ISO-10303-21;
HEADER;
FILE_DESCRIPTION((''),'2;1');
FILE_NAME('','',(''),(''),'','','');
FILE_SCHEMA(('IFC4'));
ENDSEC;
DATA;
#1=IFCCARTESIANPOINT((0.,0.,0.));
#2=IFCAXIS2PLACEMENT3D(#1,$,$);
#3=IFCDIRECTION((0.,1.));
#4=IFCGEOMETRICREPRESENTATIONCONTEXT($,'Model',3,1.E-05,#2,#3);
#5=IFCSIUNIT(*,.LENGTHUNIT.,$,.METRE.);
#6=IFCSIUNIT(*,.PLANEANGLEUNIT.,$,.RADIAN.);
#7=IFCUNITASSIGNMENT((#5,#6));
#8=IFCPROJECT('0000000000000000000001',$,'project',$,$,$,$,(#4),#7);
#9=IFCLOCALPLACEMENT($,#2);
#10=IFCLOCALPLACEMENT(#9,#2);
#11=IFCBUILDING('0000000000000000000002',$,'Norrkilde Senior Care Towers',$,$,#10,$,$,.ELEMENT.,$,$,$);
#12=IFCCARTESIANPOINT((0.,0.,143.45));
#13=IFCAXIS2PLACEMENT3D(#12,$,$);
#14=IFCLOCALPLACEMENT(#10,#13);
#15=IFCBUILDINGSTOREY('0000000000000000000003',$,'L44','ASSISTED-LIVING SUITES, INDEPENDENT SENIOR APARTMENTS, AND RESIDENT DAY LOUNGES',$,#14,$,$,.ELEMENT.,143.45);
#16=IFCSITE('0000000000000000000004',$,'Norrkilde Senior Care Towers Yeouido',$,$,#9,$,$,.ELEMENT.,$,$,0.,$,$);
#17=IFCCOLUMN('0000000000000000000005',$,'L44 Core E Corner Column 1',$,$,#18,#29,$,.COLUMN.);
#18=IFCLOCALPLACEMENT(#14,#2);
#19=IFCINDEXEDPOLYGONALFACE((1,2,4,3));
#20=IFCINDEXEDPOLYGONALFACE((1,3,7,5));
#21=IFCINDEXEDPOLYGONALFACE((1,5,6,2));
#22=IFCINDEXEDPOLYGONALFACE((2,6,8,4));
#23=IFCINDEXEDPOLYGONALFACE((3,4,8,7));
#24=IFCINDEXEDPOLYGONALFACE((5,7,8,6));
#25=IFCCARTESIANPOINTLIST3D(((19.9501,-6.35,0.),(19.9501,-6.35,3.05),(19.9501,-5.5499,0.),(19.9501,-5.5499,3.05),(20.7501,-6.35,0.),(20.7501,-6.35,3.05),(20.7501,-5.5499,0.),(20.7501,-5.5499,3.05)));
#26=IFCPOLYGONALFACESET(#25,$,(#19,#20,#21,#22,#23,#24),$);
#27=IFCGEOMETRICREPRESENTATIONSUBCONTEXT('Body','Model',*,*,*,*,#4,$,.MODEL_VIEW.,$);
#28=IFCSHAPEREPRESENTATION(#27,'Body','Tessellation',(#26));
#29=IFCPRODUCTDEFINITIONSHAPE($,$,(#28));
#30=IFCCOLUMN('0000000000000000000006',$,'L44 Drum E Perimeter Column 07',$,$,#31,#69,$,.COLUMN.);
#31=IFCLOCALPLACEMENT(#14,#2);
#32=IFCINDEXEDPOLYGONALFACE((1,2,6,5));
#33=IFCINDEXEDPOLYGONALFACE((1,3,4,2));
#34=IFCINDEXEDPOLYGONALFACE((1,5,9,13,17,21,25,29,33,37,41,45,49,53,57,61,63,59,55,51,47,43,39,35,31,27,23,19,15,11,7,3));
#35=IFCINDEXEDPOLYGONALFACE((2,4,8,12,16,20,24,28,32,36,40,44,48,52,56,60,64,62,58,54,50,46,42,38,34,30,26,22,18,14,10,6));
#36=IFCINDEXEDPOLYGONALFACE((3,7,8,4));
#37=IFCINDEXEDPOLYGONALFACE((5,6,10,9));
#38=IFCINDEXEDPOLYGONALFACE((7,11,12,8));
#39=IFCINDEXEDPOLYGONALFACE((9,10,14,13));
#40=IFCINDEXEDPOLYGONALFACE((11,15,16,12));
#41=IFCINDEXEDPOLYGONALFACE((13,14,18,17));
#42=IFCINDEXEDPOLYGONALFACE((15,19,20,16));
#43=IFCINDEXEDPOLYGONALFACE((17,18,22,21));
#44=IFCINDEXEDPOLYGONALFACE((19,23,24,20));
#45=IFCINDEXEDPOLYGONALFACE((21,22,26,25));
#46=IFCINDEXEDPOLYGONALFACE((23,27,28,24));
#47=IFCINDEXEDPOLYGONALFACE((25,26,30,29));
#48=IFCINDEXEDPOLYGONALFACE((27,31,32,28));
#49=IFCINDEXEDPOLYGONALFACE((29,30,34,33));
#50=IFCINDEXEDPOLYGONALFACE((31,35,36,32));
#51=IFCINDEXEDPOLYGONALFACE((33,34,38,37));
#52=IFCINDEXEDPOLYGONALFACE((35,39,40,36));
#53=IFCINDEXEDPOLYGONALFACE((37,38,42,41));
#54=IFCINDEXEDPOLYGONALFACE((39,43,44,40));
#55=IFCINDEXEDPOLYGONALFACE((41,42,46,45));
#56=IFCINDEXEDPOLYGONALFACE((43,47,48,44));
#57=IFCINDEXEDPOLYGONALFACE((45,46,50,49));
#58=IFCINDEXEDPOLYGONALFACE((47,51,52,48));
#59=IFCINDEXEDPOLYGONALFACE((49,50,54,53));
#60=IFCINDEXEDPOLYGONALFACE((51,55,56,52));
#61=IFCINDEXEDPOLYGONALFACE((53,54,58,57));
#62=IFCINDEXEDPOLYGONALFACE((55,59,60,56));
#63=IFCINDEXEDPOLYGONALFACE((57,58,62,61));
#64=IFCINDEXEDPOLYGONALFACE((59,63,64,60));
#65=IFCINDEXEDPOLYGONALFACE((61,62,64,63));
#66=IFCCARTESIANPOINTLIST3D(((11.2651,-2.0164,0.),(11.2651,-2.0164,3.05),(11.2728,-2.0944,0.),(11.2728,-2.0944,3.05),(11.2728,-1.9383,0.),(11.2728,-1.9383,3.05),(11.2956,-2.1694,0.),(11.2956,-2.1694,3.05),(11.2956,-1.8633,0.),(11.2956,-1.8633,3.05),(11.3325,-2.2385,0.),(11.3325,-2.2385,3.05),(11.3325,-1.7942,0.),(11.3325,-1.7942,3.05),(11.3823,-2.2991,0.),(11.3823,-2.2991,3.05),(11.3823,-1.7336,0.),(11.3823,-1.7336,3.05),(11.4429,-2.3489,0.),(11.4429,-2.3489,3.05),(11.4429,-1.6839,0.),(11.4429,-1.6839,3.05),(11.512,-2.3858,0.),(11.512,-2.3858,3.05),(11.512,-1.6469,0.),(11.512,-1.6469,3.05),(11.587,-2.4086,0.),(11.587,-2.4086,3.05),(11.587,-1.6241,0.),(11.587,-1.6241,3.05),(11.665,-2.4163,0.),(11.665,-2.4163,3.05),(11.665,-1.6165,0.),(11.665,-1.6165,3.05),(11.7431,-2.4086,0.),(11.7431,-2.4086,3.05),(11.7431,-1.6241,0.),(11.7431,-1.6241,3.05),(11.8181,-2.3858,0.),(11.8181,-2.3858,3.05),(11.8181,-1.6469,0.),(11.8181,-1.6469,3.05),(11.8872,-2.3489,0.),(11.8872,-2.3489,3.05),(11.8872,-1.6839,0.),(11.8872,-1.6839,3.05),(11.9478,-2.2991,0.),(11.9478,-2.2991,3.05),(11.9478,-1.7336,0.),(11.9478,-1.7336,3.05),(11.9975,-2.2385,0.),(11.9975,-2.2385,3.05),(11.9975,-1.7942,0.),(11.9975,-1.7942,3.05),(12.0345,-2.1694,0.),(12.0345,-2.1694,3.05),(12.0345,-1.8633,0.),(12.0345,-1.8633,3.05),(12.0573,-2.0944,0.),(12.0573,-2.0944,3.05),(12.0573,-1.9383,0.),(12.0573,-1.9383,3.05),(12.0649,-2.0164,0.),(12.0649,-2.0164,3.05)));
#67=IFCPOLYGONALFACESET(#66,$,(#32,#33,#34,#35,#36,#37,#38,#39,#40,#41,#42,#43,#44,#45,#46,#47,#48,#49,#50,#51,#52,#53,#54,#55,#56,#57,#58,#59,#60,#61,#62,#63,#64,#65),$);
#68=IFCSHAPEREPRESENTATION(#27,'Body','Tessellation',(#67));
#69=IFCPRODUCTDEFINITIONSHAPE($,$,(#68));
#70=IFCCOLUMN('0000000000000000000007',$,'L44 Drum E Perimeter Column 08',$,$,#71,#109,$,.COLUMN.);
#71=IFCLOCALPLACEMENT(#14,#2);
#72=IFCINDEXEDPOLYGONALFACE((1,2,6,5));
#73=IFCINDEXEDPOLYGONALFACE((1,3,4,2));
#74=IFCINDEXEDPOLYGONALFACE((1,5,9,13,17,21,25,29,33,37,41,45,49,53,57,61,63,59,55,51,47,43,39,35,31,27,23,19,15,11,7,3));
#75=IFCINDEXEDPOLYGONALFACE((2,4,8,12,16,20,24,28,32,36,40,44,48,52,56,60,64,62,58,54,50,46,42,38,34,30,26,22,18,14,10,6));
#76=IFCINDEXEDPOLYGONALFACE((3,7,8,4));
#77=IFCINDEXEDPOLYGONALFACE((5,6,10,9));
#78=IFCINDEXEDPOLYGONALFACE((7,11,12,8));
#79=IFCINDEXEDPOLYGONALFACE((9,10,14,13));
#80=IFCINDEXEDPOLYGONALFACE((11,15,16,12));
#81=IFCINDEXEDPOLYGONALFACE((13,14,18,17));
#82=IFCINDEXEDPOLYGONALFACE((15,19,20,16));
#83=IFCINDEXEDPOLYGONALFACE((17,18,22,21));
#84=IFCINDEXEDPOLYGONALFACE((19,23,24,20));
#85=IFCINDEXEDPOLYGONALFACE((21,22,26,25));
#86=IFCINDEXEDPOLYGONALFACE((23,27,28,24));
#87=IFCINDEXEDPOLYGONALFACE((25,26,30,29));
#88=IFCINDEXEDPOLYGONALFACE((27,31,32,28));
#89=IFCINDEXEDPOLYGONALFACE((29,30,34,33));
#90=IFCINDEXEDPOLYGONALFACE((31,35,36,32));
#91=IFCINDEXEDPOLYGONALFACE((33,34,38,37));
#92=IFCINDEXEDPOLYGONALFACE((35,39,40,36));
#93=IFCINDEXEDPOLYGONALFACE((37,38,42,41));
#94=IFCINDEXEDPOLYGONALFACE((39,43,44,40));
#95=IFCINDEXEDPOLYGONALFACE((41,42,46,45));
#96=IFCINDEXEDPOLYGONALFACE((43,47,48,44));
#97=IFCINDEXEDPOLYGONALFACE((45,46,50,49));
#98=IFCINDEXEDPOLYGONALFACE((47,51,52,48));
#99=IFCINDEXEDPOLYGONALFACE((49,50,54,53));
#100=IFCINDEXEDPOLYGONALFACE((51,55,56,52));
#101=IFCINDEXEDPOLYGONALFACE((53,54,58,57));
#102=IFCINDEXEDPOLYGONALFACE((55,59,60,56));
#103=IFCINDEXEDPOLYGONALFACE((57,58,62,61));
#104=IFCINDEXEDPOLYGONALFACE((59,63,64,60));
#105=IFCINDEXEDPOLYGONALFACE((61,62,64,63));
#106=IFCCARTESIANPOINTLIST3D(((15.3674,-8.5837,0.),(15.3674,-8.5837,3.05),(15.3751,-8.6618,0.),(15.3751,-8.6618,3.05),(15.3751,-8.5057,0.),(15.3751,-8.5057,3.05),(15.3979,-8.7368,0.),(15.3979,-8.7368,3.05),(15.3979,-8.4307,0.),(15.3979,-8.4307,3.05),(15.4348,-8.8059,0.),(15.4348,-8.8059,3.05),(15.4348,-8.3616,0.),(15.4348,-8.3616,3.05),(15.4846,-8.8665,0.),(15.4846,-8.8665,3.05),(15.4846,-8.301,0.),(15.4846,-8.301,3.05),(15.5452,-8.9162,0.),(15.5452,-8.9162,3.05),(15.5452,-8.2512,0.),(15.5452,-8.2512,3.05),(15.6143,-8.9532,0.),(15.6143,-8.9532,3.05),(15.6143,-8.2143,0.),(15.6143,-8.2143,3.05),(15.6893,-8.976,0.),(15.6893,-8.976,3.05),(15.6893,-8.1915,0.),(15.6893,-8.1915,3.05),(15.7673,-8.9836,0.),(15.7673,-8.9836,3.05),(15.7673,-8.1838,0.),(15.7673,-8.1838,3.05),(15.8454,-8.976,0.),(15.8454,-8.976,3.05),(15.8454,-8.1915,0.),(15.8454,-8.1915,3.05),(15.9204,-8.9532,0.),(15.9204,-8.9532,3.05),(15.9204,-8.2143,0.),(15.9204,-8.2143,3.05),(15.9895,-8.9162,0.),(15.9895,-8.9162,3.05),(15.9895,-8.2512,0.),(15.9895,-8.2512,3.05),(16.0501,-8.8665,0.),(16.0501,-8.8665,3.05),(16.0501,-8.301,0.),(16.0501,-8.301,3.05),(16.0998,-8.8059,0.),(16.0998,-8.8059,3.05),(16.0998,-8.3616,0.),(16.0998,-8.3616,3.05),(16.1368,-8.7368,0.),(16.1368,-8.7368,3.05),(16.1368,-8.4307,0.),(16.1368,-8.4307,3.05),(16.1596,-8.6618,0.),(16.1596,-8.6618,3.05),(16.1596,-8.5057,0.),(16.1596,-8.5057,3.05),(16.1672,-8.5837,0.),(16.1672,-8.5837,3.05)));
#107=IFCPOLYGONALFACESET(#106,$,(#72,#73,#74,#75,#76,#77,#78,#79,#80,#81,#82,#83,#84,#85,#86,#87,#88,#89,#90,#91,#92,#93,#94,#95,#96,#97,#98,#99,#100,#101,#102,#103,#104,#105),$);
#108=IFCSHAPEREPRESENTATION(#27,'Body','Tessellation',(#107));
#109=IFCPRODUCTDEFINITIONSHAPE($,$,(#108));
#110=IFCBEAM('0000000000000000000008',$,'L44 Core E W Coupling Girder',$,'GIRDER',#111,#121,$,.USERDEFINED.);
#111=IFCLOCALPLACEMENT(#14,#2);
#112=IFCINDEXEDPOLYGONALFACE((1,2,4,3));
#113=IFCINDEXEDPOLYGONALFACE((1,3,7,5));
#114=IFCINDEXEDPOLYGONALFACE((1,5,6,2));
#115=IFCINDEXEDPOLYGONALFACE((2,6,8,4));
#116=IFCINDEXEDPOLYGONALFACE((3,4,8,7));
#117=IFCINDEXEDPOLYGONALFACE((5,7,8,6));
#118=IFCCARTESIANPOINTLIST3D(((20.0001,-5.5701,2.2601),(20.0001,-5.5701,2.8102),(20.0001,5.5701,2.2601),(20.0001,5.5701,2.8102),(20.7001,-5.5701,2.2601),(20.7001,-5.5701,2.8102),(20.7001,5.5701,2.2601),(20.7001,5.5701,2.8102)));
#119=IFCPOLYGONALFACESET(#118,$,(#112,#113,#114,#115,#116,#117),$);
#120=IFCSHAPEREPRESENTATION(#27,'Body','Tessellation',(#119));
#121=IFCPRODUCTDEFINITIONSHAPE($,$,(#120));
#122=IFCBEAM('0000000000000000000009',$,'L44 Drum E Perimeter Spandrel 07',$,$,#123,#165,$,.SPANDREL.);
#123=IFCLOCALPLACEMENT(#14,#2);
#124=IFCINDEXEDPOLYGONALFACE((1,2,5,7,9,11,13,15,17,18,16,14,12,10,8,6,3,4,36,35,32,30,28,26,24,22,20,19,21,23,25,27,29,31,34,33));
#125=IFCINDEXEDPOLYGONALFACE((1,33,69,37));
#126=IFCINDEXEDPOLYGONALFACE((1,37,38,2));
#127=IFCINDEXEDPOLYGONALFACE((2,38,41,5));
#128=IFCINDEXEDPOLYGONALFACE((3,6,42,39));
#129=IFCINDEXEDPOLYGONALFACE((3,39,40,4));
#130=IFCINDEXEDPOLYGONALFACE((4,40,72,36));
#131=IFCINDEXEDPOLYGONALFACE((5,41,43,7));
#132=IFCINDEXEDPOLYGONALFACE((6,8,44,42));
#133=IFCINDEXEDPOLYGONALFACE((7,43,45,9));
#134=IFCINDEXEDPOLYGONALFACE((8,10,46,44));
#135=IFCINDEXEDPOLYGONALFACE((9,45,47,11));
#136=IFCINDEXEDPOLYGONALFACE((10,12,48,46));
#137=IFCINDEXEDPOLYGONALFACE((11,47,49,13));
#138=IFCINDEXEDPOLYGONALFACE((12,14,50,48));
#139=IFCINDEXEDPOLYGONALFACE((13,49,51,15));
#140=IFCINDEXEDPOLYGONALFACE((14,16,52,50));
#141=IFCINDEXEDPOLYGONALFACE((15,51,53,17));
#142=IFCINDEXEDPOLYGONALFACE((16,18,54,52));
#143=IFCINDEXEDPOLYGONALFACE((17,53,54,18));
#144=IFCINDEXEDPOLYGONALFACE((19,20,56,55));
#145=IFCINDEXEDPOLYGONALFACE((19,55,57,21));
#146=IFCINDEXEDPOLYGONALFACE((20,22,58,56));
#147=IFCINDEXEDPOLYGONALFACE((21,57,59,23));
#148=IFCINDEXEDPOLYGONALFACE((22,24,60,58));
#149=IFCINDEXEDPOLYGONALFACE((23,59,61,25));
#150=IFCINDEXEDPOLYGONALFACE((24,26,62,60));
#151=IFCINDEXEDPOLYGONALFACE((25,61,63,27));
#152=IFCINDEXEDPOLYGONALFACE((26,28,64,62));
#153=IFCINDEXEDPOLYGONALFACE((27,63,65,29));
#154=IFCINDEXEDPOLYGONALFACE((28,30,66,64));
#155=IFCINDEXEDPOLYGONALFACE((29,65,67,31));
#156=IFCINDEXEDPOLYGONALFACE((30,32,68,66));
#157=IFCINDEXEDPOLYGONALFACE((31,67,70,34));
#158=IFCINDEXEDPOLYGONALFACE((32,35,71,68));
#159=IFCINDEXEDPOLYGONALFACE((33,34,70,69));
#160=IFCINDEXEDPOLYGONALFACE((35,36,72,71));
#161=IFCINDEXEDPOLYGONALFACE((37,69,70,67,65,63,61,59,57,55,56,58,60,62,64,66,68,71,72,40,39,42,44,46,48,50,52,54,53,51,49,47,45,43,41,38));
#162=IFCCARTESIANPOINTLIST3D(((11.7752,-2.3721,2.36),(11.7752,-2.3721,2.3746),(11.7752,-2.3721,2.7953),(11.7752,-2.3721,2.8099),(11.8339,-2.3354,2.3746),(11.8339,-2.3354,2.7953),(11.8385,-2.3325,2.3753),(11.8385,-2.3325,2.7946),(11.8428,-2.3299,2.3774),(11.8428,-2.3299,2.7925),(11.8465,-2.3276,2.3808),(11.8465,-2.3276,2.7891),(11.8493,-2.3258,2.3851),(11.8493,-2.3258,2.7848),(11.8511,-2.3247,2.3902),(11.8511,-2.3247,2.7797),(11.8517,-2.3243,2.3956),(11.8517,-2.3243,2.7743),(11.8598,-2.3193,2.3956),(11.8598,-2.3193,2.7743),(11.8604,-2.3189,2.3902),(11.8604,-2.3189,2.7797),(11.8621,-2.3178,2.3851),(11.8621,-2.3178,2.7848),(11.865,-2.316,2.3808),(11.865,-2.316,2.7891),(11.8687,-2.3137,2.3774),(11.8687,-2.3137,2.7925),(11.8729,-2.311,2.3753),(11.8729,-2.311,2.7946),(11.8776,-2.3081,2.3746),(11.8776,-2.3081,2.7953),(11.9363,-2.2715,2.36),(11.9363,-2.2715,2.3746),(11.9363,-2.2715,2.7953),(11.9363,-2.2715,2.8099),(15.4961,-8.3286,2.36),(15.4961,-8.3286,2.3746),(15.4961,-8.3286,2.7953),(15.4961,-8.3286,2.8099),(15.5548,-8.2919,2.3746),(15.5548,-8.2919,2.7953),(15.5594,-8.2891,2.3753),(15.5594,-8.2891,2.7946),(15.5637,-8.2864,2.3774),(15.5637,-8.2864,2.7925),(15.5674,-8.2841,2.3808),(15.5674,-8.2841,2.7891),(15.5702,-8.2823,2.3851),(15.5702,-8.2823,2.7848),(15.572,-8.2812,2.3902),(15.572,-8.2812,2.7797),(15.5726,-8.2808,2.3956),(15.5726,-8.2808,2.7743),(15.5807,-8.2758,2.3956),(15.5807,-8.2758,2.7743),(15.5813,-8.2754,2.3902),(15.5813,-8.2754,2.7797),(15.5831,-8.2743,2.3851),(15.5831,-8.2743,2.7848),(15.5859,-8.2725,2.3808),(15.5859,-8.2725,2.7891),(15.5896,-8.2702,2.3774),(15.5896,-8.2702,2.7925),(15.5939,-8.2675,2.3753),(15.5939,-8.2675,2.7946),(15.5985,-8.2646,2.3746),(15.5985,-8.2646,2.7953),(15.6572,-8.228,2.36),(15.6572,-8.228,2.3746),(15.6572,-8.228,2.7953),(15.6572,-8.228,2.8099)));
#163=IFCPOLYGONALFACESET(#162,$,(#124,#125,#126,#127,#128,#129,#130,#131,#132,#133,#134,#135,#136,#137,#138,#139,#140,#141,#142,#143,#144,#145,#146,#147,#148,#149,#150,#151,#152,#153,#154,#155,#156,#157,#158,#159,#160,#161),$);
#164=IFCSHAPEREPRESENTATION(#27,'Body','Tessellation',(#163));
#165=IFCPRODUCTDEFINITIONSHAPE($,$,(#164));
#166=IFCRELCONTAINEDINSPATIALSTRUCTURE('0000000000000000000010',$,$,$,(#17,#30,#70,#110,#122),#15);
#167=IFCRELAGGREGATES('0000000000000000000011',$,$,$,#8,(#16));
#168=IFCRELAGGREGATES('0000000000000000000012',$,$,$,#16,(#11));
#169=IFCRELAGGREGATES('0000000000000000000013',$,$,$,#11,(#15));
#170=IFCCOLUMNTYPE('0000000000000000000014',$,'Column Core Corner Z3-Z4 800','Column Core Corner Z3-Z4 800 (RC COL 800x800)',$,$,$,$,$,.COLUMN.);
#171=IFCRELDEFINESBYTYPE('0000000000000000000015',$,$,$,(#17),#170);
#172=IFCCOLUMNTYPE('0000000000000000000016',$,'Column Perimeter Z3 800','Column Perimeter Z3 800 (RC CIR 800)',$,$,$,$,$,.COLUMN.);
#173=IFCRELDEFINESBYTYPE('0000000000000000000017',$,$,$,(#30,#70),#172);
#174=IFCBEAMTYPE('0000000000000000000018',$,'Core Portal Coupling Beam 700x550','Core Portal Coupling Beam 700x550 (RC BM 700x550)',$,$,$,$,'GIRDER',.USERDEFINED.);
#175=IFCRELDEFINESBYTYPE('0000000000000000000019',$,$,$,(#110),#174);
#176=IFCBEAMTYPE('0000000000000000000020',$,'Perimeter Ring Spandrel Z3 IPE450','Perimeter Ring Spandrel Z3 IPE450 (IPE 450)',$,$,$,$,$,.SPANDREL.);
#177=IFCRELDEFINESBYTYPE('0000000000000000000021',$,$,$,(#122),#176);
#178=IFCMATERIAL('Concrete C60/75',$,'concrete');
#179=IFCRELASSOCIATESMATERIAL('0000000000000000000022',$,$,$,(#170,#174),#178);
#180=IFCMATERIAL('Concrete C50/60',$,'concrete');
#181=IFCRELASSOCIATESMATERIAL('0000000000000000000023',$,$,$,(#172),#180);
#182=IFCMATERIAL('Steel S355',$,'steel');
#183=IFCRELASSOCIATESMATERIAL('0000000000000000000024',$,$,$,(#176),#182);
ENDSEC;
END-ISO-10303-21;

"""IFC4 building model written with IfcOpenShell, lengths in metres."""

from ifc_helpers import new_model, si_unit, direction, frame, origin, origin_2d, place, context, subcontext, project, spatial, rectangle, circle, i_section, extrude, source, transform, mapped, material, material_profile, profile_set, type_object, type_shapes, element, save


model = new_model("IFC4")

# Units and contexts
model_context = context("Model", 3, precision=1e-05, world=origin(), true_north=direction((0.0, 1.0)))
body_context = subcontext(model_context, "Body", "Model", "MODEL_VIEW")
ifc_project = project(units=[si_unit("LENGTHUNIT", "METRE"), si_unit("PLANEANGLEUNIT", "RADIAN")], contexts=[model_context])

# Site, building, storey
site_placement = place(None, origin())
site = spatial("IfcSite", under=ifc_project, at=site_placement, Name="Norrkilde Senior Care Towers Yeouido", CompositionType="ELEMENT", RefElevation=0.0)
building_placement = place(site_placement, origin())
building = spatial("IfcBuilding", under=site, at=building_placement, Name="Norrkilde Senior Care Towers", CompositionType="ELEMENT")
storey_placement = place(building_placement, frame((0.0, 0.0, 143.45)))
storey = spatial("IfcBuildingStorey", under=building, at=storey_placement, Name="L44", Description="ASSISTED-LIVING SUITES, INDEPENDENT SENIOR APARTMENTS, AND RESIDENT DAY LOUNGES", CompositionType="ELEMENT", Elevation=143.45)

# Columns
ifc_material_1 = material(Name="Concrete C60/75", Category="concrete")
ifc_material_profile_1 = material_profile(ifc_material_1, rectangle(XDim=0.8, YDim=0.8, at=origin_2d()), Name="RC COL 800x800")
ifc_profile_set_1 = profile_set([ifc_material_profile_1], Name="Concrete C60/75")
column_type_1 = type_object("IfcColumnType", Name="Column Core Corner Z3-Z4 800", Description="Column Core Corner Z3-Z4 800 (RC COL 800x800)", PredefinedType="COLUMN", material=ifc_profile_set_1)
shared_shape_1 = source(origin(), body_context, "Body", "SweptSolid", [
    extrude(rectangle(XDim=0.8, YDim=0.8, at=origin_2d()), origin(), (0.0, 0.0, 1.0), 3.05),
])
type_shapes(column_type_1, [shared_shape_1])
column_placement = place(storey_placement, frame((20.3501, -5.95, 0.0), z_axis=(0.0, 0.0, 1.0), x_axis=(1.0, 0.0, 0.0)))
element("IfcColumn", 1, at=column_placement, inside=storey, type_object=column_type_1, Name="L44 Core E Corner Column 1", PredefinedType="COLUMN", context=body_context, shape_type="MappedRepresentation", body=[
    mapped(shared_shape_1, transform((0.0, 0.0, 0.0), x_axis=(1.0, 0.0, 0.0), y_axis=(0.0, 1.0, 0.0), z_axis=(0.0, 0.0, 1.0), scale=1.0)),
])
ifc_material_2 = material(Name="Concrete C50/60", Category="concrete")
ifc_material_profile_2 = material_profile(ifc_material_2, circle(Radius=0.3999, at=origin_2d()), Name="RC CIR 800")
ifc_profile_set_2 = profile_set([ifc_material_profile_2], Name="Concrete C50/60")
column_type_2 = type_object("IfcColumnType", Name="Column Perimeter Z3 800", Description="Column Perimeter Z3 800 (RC CIR 800)", PredefinedType="COLUMN", material=ifc_profile_set_2)
shared_shape_2 = source(origin(), body_context, "Body", "SweptSolid", [
    extrude(circle(Radius=0.3999, at=origin_2d()), origin(), (0.0, 0.0, 1.0), 3.05),
])
type_shapes(column_type_2, [shared_shape_2])
for number, where, z_axis, x_axis, name in (
    (2, (11.665, -2.0164, 0.0), (0.0, 0.0, 1.0), (1.0, 0.0, 0.0), "L44 Drum E Perimeter Column 07"),
    (3, (15.7673, -8.5837, 0.0), (0.0, 0.0, 1.0), (1.0, 0.0, 0.0), "L44 Drum E Perimeter Column 08"),
):
    element("IfcColumn", number, at=place(storey_placement, frame(where, z_axis=z_axis, x_axis=x_axis)), inside=storey, type_object=column_type_2, Name=name, PredefinedType="COLUMN", context=body_context, shape_type="MappedRepresentation", body=[
        mapped(shared_shape_2, transform((0.0, 0.0, 0.0), x_axis=(1.0, 0.0, 0.0), y_axis=(0.0, 1.0, 0.0), z_axis=(0.0, 0.0, 1.0), scale=1.0)),
    ])

# Beams
ifc_material_profile_3 = material_profile(ifc_material_1, rectangle(XDim=0.7, YDim=0.55, at=origin_2d()), Name="RC BM 700x550")
ifc_profile_set_3 = profile_set([ifc_material_profile_3], Name="Concrete C60/75")
beam_type_1 = type_object("IfcBeamType", Name="Core Portal Coupling Beam 700x550", Description="Core Portal Coupling Beam 700x550 (RC BM 700x550)", ElementType="GIRDER", PredefinedType="USERDEFINED", material=ifc_profile_set_3)
shared_shape_3 = source(origin(), body_context, "Body", "SweptSolid", [
    extrude(rectangle(XDim=0.7, YDim=0.55, at=origin_2d()), origin(), (0.0, 0.0, 1.0), 11.1401),
])
type_shapes(beam_type_1, [shared_shape_3])
beam_1_placement = place(storey_placement, frame((20.3501, -5.5701, 2.5352), z_axis=(0.0, 1.0, 0.0), x_axis=(-1.0, 0.0, 0.0)))
element("IfcBeam", 4, at=beam_1_placement, inside=storey, type_object=beam_type_1, Name="L44 Core E W Coupling Girder", ObjectType="GIRDER", PredefinedType="USERDEFINED", context=body_context, shape_type="MappedRepresentation", body=[
    mapped(shared_shape_3, transform((0.0, 0.0, 0.0), x_axis=(1.0, 0.0, 0.0), y_axis=(0.0, 1.0, 0.0), z_axis=(0.0, 0.0, 1.0), scale=1.0)),
])
ifc_material_3 = material(Name="Steel S355", Category="steel")
ifc_material_profile_4 = material_profile(ifc_material_3, i_section(OverallWidth=0.1899, OverallDepth=0.45, WebThickness=0.0095, FlangeThickness=0.0146, FilletRadius=0.021, at=origin_2d()), Name="IPE 450")
ifc_profile_set_4 = profile_set([ifc_material_profile_4], Name="Steel S355")
beam_type_2 = type_object("IfcBeamType", Name="Perimeter Ring Spandrel Z3 IPE450", Description="Perimeter Ring Spandrel Z3 IPE450 (IPE 450)", PredefinedType="SPANDREL", material=ifc_profile_set_4)
shared_shape_4 = source(origin(), body_context, "Body", "SweptSolid", [
    extrude(i_section(OverallWidth=0.1899, OverallDepth=0.45, WebThickness=0.0095, FlangeThickness=0.0146, FilletRadius=0.021, at=origin_2d()), origin(), (0.0, 0.0, 1.0), 7.0232),
])
beam_2_placement = place(storey_placement, frame((11.8557, -2.3218, 2.585), z_axis=(0.529805, -0.848119, 0.0), x_axis=(0.848119, 0.529805, 0.0)))
element("IfcBeam", 5, at=beam_2_placement, inside=storey, type_object=beam_type_2, Name="L44 Drum E Perimeter Spandrel 07", PredefinedType="SPANDREL", context=body_context, shape_type="MappedRepresentation", body=[
    mapped(shared_shape_4, transform((0.0, 0.0, 0.0), x_axis=(1.0, 0.0, 0.0), y_axis=(0.0, 1.0, 0.0), z_axis=(0.0, 0.0, 1.0), scale=1.0)),
])

save(model, "model.ifc")
